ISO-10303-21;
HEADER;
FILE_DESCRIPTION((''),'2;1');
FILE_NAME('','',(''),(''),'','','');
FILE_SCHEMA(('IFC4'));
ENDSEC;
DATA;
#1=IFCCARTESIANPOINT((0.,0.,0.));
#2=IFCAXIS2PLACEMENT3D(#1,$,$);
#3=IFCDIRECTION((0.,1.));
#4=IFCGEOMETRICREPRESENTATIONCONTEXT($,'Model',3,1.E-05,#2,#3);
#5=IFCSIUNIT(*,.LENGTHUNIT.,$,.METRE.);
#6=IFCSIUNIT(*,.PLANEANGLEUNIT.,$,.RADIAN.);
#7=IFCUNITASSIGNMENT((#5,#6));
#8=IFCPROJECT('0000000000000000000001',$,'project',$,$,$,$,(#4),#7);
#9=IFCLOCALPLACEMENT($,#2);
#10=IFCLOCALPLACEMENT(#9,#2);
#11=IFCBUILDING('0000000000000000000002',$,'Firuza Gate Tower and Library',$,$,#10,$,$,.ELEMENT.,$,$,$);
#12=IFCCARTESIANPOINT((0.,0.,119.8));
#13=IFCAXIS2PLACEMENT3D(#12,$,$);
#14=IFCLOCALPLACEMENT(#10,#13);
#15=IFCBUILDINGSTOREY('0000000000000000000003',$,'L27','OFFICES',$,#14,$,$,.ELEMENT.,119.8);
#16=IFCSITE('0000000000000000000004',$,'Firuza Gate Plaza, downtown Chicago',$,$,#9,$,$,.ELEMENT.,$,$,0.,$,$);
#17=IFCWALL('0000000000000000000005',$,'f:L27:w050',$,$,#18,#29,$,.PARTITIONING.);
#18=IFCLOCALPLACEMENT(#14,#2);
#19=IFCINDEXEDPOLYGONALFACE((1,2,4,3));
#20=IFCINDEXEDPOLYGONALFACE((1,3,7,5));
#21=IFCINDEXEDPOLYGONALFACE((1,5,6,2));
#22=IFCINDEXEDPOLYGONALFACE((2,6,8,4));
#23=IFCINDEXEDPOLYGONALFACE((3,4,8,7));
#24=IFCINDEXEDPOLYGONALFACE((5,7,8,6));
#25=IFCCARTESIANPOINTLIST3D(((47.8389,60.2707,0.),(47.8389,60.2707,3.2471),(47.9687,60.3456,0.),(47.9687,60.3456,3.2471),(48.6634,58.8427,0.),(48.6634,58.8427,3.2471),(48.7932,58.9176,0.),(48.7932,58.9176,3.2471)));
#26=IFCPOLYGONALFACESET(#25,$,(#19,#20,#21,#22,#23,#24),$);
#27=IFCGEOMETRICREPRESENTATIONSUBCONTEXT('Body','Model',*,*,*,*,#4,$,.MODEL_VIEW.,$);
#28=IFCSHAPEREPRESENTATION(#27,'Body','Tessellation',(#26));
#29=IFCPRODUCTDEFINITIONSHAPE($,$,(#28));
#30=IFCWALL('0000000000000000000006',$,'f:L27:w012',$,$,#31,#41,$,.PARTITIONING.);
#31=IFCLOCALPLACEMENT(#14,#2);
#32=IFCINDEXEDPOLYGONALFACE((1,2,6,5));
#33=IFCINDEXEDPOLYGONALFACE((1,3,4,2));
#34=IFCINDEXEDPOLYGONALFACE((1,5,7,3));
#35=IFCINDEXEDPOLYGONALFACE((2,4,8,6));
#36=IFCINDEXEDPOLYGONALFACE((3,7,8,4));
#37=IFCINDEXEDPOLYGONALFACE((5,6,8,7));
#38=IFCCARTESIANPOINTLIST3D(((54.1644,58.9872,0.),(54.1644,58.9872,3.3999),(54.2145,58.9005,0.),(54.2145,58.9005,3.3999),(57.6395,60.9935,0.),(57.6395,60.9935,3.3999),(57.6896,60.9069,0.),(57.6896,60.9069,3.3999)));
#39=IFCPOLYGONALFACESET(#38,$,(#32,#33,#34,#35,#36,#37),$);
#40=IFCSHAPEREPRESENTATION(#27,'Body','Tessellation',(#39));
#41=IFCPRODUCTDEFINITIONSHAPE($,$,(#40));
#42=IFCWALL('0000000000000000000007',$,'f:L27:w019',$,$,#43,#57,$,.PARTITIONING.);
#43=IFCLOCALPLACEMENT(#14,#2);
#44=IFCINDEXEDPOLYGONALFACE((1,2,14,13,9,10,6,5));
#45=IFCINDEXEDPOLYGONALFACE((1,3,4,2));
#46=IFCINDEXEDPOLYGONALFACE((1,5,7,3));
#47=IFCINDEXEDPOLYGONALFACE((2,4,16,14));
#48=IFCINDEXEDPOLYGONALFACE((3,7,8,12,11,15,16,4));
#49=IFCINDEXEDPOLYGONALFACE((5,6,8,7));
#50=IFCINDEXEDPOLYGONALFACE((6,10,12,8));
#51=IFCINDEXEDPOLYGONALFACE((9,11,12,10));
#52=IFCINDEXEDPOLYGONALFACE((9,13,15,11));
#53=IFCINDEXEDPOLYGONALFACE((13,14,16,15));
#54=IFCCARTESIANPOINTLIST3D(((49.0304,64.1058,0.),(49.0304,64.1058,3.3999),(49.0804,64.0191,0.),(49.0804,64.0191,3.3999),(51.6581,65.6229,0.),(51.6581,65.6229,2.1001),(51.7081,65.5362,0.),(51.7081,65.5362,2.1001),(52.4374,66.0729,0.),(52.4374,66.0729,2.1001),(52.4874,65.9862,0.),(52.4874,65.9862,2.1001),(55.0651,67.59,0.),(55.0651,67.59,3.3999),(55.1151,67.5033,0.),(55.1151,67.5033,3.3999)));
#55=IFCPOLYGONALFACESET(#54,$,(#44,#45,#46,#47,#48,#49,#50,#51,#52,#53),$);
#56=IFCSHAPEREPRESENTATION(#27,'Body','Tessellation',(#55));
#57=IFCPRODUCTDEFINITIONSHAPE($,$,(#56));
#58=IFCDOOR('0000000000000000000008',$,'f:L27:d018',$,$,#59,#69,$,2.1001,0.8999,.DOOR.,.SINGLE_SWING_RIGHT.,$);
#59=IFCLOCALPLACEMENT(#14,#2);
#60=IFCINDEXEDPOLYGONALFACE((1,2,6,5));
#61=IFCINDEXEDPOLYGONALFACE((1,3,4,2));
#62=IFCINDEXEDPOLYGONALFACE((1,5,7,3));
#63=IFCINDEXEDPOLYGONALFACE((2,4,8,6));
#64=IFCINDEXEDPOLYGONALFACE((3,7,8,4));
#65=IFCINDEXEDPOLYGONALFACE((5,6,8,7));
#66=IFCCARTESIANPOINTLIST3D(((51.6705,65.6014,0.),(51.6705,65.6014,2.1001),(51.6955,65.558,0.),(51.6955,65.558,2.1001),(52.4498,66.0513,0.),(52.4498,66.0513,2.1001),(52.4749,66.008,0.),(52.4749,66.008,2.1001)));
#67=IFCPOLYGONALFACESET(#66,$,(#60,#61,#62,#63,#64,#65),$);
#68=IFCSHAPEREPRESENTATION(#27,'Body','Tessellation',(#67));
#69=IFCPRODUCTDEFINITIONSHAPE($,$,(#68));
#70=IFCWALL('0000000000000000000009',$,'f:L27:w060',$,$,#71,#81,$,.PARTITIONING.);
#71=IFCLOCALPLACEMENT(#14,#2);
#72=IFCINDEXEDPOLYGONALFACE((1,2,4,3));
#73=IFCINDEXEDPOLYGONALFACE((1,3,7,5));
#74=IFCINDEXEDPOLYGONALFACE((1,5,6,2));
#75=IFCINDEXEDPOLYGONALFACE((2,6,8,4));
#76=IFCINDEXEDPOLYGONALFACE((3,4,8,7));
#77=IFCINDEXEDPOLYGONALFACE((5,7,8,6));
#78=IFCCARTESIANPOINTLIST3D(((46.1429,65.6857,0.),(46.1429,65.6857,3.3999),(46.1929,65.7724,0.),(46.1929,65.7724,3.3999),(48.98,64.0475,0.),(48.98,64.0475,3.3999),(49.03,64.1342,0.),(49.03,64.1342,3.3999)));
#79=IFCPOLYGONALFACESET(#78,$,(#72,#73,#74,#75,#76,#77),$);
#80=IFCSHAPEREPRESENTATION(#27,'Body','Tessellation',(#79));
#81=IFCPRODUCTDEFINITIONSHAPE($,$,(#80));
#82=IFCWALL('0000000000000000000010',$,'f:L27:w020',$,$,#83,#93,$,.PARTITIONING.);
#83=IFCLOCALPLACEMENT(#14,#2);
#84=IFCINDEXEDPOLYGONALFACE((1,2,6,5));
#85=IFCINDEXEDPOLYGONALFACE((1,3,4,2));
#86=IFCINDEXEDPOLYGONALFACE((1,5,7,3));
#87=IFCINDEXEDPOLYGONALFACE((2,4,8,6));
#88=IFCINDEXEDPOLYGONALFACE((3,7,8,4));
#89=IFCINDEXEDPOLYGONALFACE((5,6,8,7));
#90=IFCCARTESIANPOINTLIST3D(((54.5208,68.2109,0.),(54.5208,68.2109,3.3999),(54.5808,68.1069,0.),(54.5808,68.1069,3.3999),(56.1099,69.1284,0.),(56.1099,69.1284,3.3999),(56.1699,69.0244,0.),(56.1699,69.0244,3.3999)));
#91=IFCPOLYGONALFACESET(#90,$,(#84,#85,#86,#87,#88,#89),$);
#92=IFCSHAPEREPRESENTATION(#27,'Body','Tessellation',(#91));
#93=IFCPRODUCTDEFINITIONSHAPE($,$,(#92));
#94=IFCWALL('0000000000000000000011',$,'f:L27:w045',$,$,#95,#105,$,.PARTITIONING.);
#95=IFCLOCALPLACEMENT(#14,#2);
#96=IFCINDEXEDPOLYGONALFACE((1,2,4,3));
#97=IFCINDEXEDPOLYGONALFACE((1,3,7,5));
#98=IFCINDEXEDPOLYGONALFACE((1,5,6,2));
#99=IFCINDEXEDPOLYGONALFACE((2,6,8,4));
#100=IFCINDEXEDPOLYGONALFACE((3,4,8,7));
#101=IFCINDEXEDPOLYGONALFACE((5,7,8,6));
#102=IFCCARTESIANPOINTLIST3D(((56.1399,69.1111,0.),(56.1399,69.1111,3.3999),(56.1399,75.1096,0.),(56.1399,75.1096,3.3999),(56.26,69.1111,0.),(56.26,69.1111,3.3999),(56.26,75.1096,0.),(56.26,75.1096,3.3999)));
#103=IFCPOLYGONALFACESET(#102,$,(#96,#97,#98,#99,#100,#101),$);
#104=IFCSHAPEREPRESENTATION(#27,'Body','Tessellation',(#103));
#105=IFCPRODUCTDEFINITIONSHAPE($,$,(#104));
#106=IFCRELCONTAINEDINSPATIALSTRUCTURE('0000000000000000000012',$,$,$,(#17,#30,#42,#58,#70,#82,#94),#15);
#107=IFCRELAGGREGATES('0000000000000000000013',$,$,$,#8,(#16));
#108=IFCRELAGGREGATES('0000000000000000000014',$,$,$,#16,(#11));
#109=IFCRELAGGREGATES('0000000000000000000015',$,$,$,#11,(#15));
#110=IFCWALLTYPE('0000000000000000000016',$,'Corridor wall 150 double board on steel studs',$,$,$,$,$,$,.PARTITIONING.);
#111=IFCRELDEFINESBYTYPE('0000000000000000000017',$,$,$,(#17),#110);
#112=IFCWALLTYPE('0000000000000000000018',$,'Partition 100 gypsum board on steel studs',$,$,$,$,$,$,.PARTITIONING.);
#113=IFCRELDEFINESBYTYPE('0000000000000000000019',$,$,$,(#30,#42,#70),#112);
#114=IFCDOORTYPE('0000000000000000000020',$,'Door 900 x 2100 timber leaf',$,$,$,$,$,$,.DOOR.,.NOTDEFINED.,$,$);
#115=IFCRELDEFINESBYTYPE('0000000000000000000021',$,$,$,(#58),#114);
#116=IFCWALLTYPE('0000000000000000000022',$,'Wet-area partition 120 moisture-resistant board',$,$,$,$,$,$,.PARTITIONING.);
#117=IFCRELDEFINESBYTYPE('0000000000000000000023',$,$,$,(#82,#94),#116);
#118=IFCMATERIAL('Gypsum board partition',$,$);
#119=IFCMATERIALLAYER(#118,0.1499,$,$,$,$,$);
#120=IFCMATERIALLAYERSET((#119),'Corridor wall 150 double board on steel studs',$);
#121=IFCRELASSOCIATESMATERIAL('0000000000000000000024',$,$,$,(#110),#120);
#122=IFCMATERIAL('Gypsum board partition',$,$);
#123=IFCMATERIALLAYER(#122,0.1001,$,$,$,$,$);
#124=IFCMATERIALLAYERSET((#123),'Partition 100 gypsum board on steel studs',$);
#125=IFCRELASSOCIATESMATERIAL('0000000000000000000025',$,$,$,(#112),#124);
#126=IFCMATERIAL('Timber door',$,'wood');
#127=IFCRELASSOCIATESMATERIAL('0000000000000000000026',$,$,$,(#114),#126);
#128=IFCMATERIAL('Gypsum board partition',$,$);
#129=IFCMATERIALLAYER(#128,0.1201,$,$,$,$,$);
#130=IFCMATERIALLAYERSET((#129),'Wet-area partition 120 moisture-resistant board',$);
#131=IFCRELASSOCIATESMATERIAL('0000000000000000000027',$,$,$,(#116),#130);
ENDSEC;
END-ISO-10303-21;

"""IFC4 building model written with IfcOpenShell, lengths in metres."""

from ifc_helpers import new_model, si_unit, direction, frame, frame_2d, origin, place, context, subcontext, project, spatial, rectangle, extrude, material, layer, layer_set, type_object, element, fill, save


model = new_model("IFC4")

# Units and contexts
model_context = context("Model", 3, precision=1e-05, world=origin(), true_north=direction((0.0, 1.0)))
body_context = subcontext(model_context, "Body", "Model", "MODEL_VIEW")
ifc_project = project(units=[si_unit("LENGTHUNIT", "METRE"), si_unit("PLANEANGLEUNIT", "RADIAN")], contexts=[model_context])

# Site, building, storey
site_placement = place(None, origin())
site = spatial("IfcSite", under=ifc_project, at=site_placement, Name="Firuza Gate Plaza, downtown Chicago", CompositionType="ELEMENT", RefElevation=0.0)
building_placement = place(site_placement, origin())
building = spatial("IfcBuilding", under=site, at=building_placement, Name="Firuza Gate Tower and Library", CompositionType="ELEMENT")
storey_placement = place(building_placement, frame((0.0, 0.0, 119.8)))
storey = spatial("IfcBuildingStorey", under=building, at=storey_placement, Name="L27", Description="OFFICES", CompositionType="ELEMENT", Elevation=119.8)

# Shared definitions
ifc_material_1 = material(Name="Gypsum board partition")
ifc_layer_1 = layer(ifc_material_1, 0.1499)
ifc_layer_set_1 = layer_set([ifc_layer_1], Name="Corridor wall 150 double board on steel studs")
wall_type_1 = type_object("IfcWallType", Name="Corridor wall 150 double board on steel studs", PredefinedType="PARTITIONING", material=ifc_layer_set_1)

# Walls
wall_1_placement = place(storey_placement, frame((48.7283, 58.8801, 0.0), z_axis=(0.0, 0.0, 1.0), x_axis=(-0.500009, 0.86602, 0.0)))
element("IfcWall", 1, at=wall_1_placement, inside=storey, type_object=wall_type_1, Name="f:L27:w050", PredefinedType="PARTITIONING", context=body_context, shape_type="SweptSolid", body=[
    extrude(rectangle(XDim=1.6489, YDim=0.1499, at=frame_2d((0.8245, 0.0))), origin(), (0.0, 0.0, 1.0), 3.2471),
])
ifc_material_2 = material(Name="Gypsum board partition")
ifc_layer_2 = layer(ifc_material_2, 0.1001)
ifc_layer_set_2 = layer_set([ifc_layer_2], Name="Partition 100 gypsum board on steel studs")
wall_type_2 = type_object("IfcWallType", Name="Partition 100 gypsum board on steel studs", PredefinedType="PARTITIONING", material=ifc_layer_set_2)
wall_2_placement = place(storey_placement, frame((54.1895, 58.9438, 0.0), z_axis=(0.0, 0.0, 1.0), x_axis=(0.866026, 0.5, 0.0)))
element("IfcWall", 2, at=wall_2_placement, inside=storey, type_object=wall_type_2, Name="f:L27:w012", PredefinedType="PARTITIONING", context=body_context, shape_type="SweptSolid", body=[
    extrude(rectangle(XDim=4.0127, YDim=0.1001, at=frame_2d((2.0063, 0.0))), origin(), (0.0, 0.0, 1.0), 3.3999),
])

# Wall, opening, door
wall_3_placement = place(storey_placement, frame((55.0901, 67.5466, 0.0), z_axis=(0.0, 0.0, 1.0), x_axis=(-0.866025, -0.500001, 0.0)))
wall_3 = element("IfcWall", 3, at=wall_3_placement, inside=storey, type_object=wall_type_2, Name="f:L27:w019", PredefinedType="PARTITIONING", context=body_context, shape_type="SweptSolid", body=[
    extrude(rectangle(XDim=6.9683, YDim=0.1001, at=frame_2d((3.4841, 0.0))), origin(), (0.0, 0.0, 1.0), 3.3999),
])
opening_1_placement = place(wall_3_placement, frame((3.0342, 0.0, 0.0)))
opening_1 = element("IfcOpeningElement", 4, at=opening_1_placement, cuts=wall_3, PredefinedType="OPENING", context=body_context, shape_type="SweptSolid", body=[
    extrude(rectangle(XDim=0.8999, YDim=2.1001, at=frame_2d((0.45, 1.05))), frame((0.0, 0.0601, 0.0), z_axis=(0.0, -1.0, 0.0), x_axis=(1.0, 0.0, 0.0)), (0.0, 0.0, 1.0), 0.1201),
])
ifc_material_3 = material(Name="Timber door", Category="wood")
door_type_1 = type_object("IfcDoorType", Name="Door 900 x 2100 timber leaf", OperationType="NOTDEFINED", PredefinedType="DOOR", material=ifc_material_3)
door_1_placement = place(opening_1_placement, origin())
door_1 = element("IfcDoor", 5, at=door_1_placement, inside=storey, type_object=door_type_1, Name="f:L27:d018", OperationType="SINGLE_SWING_RIGHT", OverallHeight=2.1001, OverallWidth=0.8999, PredefinedType="DOOR", context=body_context, shape_type="SweptSolid", body=[
    extrude(rectangle(XDim=0.8999, YDim=2.1001, at=frame_2d((0.45, 1.05))), frame((0.0, 0.0249, 0.0), z_axis=(0.0, -1.0, 0.0), x_axis=(1.0, 0.0, 0.0)), (0.0, 0.0, 1.0), 0.05),
])
fill(opening_1, door_1)

# Walls
wall_4_placement = place(storey_placement, frame((49.0051, 64.0908, 0.0), z_axis=(0.0, 0.0, 1.0), x_axis=(-0.866006, 0.500034, 0.0)))
element("IfcWall", 6, at=wall_4_placement, inside=storey, type_object=wall_type_2, Name="f:L27:w060", PredefinedType="PARTITIONING", context=body_context, shape_type="SweptSolid", body=[
    extrude(rectangle(XDim=3.2761, YDim=0.1001, at=frame_2d((1.6382, 0.0))), origin(), (0.0, 0.0, 1.0), 3.3999),
])
ifc_material_4 = material(Name="Gypsum board partition")
ifc_layer_3 = layer(ifc_material_4, 0.1201)
ifc_layer_set_3 = layer_set([ifc_layer_3], Name="Wet-area partition 120 moisture-resistant board")
wall_type_3 = type_object("IfcWallType", Name="Wet-area partition 120 moisture-resistant board", PredefinedType="PARTITIONING", material=ifc_layer_set_3)
wall_5_placement = place(storey_placement, frame((54.5508, 68.1589, 0.0), z_axis=(0.0, 0.0, 1.0), x_axis=(0.866024, 0.500003, 0.0)))
element("IfcWall", 7, at=wall_5_placement, inside=storey, type_object=wall_type_3, Name="f:L27:w020", PredefinedType="PARTITIONING", context=body_context, shape_type="SweptSolid", body=[
    extrude(rectangle(XDim=1.835, YDim=0.1201, at=frame_2d((0.9175, 0.0))), origin(), (0.0, 0.0, 1.0), 3.3999),
])
wall_6_placement = place(storey_placement, frame((56.2, 69.1111, 0.0), z_axis=(0.0, 0.0, 1.0), x_axis=(0.0, 1.0, 0.0)))
element("IfcWall", 8, at=wall_6_placement, inside=storey, type_object=wall_type_3, Name="f:L27:w045", PredefinedType="PARTITIONING", context=body_context, shape_type="SweptSolid", body=[
    extrude(rectangle(XDim=5.9985, YDim=0.1201, at=frame_2d((2.9993, 0.0))), origin(), (0.0, 0.0, 1.0), 3.3999),
])

save(model, "model.ifc")
